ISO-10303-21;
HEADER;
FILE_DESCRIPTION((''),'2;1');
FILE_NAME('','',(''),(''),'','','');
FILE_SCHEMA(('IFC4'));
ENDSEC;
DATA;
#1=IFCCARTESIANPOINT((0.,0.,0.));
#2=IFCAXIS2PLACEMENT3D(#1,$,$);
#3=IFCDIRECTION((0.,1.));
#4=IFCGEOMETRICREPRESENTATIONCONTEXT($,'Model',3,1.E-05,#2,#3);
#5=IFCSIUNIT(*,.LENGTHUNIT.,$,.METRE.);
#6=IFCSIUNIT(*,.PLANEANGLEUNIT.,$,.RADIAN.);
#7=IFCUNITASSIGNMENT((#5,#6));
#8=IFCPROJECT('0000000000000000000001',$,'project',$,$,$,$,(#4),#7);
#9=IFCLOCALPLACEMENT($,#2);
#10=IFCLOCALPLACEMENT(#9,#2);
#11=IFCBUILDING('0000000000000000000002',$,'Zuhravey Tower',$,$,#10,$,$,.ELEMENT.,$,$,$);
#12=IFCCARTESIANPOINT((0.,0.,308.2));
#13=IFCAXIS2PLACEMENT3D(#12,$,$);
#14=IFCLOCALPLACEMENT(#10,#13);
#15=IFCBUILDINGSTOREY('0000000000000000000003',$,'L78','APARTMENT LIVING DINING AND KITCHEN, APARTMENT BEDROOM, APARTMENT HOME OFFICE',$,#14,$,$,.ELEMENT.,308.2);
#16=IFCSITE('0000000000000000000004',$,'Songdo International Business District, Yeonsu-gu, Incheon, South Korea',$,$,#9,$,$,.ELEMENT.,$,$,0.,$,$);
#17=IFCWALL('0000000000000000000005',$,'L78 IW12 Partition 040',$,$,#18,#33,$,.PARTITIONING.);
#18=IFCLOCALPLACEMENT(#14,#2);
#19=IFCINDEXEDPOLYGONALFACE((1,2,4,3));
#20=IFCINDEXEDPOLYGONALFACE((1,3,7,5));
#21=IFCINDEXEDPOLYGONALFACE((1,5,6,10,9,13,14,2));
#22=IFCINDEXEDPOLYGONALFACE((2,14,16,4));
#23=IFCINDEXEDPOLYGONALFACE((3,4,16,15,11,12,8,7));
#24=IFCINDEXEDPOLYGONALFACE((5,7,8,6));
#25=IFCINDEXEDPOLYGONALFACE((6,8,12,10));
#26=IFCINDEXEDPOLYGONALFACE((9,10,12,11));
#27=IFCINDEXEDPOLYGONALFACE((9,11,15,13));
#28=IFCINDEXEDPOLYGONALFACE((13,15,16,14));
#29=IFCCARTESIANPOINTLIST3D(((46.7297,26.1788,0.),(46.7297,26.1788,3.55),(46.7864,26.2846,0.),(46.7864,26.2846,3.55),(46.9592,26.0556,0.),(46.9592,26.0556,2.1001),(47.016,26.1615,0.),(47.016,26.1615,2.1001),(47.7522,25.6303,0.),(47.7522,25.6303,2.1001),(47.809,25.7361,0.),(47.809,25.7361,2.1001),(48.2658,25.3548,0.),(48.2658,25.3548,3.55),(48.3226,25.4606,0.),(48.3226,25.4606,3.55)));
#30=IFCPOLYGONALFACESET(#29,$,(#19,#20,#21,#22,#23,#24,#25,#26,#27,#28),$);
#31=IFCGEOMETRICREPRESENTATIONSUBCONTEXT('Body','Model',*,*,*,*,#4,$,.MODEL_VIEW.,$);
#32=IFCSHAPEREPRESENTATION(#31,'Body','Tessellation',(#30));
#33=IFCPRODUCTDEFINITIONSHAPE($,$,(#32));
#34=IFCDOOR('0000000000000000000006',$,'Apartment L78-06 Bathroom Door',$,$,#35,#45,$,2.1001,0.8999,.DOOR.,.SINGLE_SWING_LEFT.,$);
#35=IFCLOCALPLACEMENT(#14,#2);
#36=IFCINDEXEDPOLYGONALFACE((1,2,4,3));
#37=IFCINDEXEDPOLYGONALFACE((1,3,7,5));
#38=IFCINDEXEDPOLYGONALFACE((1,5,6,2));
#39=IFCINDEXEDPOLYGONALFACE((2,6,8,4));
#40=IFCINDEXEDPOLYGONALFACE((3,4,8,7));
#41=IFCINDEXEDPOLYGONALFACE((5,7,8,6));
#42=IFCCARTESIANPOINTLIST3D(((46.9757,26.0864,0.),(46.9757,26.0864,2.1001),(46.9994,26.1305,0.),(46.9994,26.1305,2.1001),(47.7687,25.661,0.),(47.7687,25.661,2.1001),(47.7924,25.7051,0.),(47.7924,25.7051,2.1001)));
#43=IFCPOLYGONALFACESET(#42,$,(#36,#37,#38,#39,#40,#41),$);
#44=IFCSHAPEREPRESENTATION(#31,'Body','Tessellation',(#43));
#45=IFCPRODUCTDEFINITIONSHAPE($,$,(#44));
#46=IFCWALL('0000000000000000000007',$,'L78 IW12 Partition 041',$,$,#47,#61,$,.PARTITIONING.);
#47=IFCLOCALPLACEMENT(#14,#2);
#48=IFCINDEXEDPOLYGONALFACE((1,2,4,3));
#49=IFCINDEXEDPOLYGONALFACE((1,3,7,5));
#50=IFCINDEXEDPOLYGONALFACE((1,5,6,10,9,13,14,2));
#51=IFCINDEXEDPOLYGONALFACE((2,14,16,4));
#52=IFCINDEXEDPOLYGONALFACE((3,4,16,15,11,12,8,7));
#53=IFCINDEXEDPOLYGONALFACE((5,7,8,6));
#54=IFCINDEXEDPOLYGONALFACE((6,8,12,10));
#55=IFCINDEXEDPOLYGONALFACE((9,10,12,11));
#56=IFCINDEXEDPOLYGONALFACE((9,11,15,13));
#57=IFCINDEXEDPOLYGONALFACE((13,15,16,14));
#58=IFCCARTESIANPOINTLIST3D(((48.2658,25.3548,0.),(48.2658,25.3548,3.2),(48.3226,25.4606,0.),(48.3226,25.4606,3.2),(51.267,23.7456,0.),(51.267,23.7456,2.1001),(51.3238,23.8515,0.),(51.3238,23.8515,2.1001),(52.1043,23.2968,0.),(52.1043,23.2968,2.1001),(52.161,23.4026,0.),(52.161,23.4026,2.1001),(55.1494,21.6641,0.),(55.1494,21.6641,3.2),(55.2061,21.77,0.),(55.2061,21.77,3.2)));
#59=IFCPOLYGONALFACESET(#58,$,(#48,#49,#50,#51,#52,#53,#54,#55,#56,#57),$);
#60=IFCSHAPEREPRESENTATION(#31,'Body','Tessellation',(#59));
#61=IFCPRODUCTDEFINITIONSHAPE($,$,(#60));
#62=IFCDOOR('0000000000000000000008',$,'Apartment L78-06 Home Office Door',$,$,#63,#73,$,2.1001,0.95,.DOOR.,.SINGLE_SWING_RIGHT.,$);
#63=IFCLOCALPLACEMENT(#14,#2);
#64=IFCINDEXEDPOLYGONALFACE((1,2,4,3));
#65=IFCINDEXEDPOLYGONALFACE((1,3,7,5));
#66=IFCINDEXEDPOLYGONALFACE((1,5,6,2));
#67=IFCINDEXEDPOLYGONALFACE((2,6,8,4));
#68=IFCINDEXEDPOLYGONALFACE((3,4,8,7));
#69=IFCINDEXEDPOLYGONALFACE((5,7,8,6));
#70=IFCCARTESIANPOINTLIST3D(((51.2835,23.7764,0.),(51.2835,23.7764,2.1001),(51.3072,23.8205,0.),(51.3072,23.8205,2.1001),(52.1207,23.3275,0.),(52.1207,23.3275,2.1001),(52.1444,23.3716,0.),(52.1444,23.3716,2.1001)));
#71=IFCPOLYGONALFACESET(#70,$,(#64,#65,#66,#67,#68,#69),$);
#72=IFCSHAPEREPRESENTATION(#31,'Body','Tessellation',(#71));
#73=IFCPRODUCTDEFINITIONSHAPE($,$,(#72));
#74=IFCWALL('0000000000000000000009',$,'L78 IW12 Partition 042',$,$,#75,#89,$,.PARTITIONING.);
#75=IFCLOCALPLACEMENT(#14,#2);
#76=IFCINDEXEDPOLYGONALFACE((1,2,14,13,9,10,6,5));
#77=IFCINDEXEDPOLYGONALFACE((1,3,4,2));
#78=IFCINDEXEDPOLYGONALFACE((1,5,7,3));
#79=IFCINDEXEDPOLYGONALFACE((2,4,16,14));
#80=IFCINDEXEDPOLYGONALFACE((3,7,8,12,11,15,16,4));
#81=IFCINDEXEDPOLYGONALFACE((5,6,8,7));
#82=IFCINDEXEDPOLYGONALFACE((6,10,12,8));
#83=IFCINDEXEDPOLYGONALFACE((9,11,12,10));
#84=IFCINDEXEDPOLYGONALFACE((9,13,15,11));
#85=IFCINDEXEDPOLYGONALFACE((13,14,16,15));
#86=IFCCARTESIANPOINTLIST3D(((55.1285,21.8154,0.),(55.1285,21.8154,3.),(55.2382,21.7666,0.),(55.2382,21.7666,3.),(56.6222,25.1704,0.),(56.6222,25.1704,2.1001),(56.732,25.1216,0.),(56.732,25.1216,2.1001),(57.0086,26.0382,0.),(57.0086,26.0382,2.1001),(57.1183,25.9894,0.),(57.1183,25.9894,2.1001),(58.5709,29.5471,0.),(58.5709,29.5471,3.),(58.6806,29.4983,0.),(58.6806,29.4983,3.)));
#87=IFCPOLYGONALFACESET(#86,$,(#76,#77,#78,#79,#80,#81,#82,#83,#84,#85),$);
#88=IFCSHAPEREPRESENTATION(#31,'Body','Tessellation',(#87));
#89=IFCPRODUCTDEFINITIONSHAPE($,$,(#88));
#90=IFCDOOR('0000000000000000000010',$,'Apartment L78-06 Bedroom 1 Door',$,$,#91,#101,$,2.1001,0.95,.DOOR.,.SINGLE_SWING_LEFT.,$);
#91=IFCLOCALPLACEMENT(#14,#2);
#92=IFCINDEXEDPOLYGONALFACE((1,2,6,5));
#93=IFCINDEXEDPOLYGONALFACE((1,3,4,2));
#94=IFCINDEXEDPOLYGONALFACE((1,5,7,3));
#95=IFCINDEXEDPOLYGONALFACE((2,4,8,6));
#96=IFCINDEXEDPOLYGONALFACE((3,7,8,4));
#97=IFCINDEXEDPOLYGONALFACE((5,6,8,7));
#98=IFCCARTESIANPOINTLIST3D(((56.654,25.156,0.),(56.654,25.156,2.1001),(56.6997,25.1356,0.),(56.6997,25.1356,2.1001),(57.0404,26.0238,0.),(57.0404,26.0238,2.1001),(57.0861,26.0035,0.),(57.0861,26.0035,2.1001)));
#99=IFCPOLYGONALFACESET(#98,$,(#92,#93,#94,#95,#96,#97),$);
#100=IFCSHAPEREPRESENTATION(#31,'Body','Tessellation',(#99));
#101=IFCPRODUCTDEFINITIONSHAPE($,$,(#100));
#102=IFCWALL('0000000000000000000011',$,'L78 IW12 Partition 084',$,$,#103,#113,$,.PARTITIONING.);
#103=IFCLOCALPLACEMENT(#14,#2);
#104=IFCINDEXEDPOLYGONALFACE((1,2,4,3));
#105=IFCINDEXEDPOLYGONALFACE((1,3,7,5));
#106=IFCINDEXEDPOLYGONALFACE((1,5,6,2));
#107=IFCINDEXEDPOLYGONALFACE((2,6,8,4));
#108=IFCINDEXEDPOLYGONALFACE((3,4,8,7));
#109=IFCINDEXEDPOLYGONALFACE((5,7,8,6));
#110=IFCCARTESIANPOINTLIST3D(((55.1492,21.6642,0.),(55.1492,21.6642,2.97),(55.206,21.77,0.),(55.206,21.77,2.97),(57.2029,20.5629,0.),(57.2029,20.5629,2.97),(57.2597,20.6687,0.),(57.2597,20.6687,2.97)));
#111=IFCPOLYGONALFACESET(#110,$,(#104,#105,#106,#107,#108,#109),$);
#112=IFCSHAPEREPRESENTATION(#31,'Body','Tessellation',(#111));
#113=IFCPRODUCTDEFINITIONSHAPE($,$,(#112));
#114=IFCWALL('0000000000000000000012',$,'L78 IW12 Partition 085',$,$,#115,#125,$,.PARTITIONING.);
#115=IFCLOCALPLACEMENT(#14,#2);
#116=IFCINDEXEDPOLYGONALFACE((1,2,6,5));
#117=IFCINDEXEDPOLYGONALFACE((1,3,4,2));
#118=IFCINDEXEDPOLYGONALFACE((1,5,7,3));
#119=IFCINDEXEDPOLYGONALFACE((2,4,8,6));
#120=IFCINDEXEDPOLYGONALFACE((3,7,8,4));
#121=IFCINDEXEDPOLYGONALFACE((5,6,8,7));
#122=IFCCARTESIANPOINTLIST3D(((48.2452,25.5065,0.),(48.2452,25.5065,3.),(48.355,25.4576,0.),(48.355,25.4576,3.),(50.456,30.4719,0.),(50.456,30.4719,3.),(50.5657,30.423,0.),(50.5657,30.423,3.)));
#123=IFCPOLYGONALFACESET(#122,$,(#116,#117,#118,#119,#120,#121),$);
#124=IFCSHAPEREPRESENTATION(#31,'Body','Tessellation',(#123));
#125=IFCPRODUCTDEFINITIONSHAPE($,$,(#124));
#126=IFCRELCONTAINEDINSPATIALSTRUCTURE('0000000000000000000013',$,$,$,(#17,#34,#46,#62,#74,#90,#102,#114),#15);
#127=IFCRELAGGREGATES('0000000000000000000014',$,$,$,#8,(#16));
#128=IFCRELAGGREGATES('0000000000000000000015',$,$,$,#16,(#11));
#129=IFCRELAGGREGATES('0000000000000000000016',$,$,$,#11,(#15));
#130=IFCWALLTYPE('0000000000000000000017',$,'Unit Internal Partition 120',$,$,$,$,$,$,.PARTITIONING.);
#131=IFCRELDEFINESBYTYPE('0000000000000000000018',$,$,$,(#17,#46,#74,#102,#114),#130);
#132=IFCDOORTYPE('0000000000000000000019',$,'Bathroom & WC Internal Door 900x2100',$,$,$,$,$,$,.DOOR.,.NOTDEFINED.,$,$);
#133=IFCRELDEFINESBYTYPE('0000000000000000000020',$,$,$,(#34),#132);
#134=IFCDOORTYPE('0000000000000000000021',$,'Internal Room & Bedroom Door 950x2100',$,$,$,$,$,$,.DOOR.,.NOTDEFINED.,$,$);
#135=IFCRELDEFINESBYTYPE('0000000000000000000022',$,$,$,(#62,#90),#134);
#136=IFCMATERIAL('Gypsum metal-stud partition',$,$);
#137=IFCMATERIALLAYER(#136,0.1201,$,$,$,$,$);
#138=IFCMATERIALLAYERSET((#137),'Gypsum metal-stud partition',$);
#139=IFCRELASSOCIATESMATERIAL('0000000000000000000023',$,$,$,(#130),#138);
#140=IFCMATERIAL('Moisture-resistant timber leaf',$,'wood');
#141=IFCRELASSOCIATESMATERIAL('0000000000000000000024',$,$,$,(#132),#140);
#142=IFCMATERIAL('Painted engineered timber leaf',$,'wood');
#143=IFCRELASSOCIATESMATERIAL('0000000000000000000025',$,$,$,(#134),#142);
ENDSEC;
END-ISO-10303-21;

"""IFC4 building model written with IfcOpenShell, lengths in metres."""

from ifc_helpers import new_model, si_unit, direction, frame, frame_2d, origin, place, context, subcontext, project, spatial, rectangle, extrude, material, layer, layer_set, type_object, element, fill, save


model = new_model("IFC4")

# Units and contexts
model_context = context("Model", 3, precision=1e-05, world=origin(), true_north=direction((0.0, 1.0)))
body_context = subcontext(model_context, "Body", "Model", "MODEL_VIEW")
ifc_project = project(units=[si_unit("LENGTHUNIT", "METRE"), si_unit("PLANEANGLEUNIT", "RADIAN")], contexts=[model_context])

# Site, building, storey
site_placement = place(None, origin())
site = spatial("IfcSite", under=ifc_project, at=site_placement, Name="Songdo International Business District, Yeonsu-gu, Incheon, South Korea", CompositionType="ELEMENT", RefElevation=0.0)
building_placement = place(site_placement, origin())
building = spatial("IfcBuilding", under=site, at=building_placement, Name="Zuhravey Tower", CompositionType="ELEMENT")
storey_placement = place(building_placement, frame((0.0, 0.0, 308.2)))
storey = spatial("IfcBuildingStorey", under=building, at=storey_placement, Name="L78", Description="APARTMENT LIVING DINING AND KITCHEN, APARTMENT BEDROOM, APARTMENT HOME OFFICE", CompositionType="ELEMENT", Elevation=308.2)

# Walls, openings, doors
ifc_material_1 = material(Name="Gypsum metal-stud partition")
ifc_layer_1 = layer(ifc_material_1, 0.1201)
ifc_layer_set_1 = layer_set([ifc_layer_1], Name="Gypsum metal-stud partition")
wall_type_1 = type_object("IfcWallType", Name="Unit Internal Partition 120", PredefinedType="PARTITIONING", material=ifc_layer_set_1)
wall_1_placement = place(storey_placement, frame((46.7581, 26.2317, 0.0), z_axis=(0.0, 0.0, 1.0), x_axis=(0.88123, -0.472688, 0.0)))
wall_1 = element("IfcWall", 1, at=wall_1_placement, inside=storey, type_object=wall_type_1, Name="L78 IW12 Partition 040", PredefinedType="PARTITIONING", context=body_context, shape_type="SweptSolid", body=[
    extrude(rectangle(XDim=1.7432, YDim=0.1201, at=frame_2d((0.8716, 0.0))), origin(), (0.0, 0.0, 1.0), 3.55),
])
opening_1_placement = place(wall_1_placement, frame((0.2605, 0.0, 0.0)))
opening_1 = element("IfcOpeningElement", 2, at=opening_1_placement, cuts=wall_1, PredefinedType="OPENING", context=body_context, shape_type="SweptSolid", body=[
    extrude(rectangle(XDim=0.8999, YDim=2.1001, at=frame_2d((0.45, 1.05))), frame((0.0, 0.072, 0.0), z_axis=(0.0, -1.0, 0.0), x_axis=(1.0, 0.0, 0.0)), (0.0, 0.0, 1.0), 0.144),
])
ifc_material_2 = material(Name="Moisture-resistant timber leaf", Category="wood")
door_type_1 = type_object("IfcDoorType", Name="Bathroom & WC Internal Door 900x2100", OperationType="NOTDEFINED", PredefinedType="DOOR", material=ifc_material_2)
door_1_placement = place(opening_1_placement, origin())
door_1 = element("IfcDoor", 3, at=door_1_placement, inside=storey, type_object=door_type_1, Name="Apartment L78-06 Bathroom Door", OperationType="SINGLE_SWING_LEFT", OverallHeight=2.1001, OverallWidth=0.8999, PredefinedType="DOOR", context=body_context, shape_type="SweptSolid", body=[
    extrude(rectangle(XDim=0.8999, YDim=2.1001, at=frame_2d((0.45, 1.05))), frame((0.0, 0.0249, 0.0), z_axis=(0.0, -1.0, 0.0), x_axis=(1.0, 0.0, 0.0)), (0.0, 0.0, 1.0), 0.05),
])
fill(opening_1, door_1)
wall_2_placement = place(storey_placement, frame((48.2942, 25.4077, 0.0), z_axis=(0.0, 0.0, 1.0), x_axis=(0.881317, -0.472526, 0.0)))
wall_2 = element("IfcWall", 4, at=wall_2_placement, inside=storey, type_object=wall_type_1, Name="L78 IW12 Partition 041", PredefinedType="PARTITIONING", context=body_context, shape_type="SweptSolid", body=[
    extrude(rectangle(XDim=7.8105, YDim=0.1201, at=frame_2d((3.9053, 0.0))), origin(), (0.0, 0.0, 1.0), 3.2),
])
opening_2_placement = place(wall_2_placement, frame((3.4053, 0.0, 0.0)))
opening_2 = element("IfcOpeningElement", 5, at=opening_2_placement, cuts=wall_2, PredefinedType="OPENING", context=body_context, shape_type="SweptSolid", body=[
    extrude(rectangle(XDim=0.95, YDim=2.1001, at=frame_2d((0.4751, 1.05))), frame((0.0, 0.072, 0.0), z_axis=(0.0, -1.0, 0.0), x_axis=(1.0, 0.0, 0.0)), (0.0, 0.0, 1.0), 0.144),
])
ifc_material_3 = material(Name="Painted engineered timber leaf", Category="wood")
door_type_2 = type_object("IfcDoorType", Name="Internal Room & Bedroom Door 950x2100", OperationType="NOTDEFINED", PredefinedType="DOOR", material=ifc_material_3)
door_2_placement = place(opening_2_placement, origin())
door_2 = element("IfcDoor", 6, at=door_2_placement, inside=storey, type_object=door_type_2, Name="Apartment L78-06 Home Office Door", OperationType="SINGLE_SWING_RIGHT", OverallHeight=2.1001, OverallWidth=0.95, PredefinedType="DOOR", context=body_context, shape_type="SweptSolid", body=[
    extrude(rectangle(XDim=0.95, YDim=2.1001, at=frame_2d((0.4751, 1.05))), frame((0.0, 0.0249, 0.0), z_axis=(0.0, -1.0, 0.0), x_axis=(1.0, 0.0, 0.0)), (0.0, 0.0, 1.0), 0.05),
])
fill(opening_2, door_2)
wall_3_placement = place(storey_placement, frame((55.1833, 21.791, 0.0), z_axis=(0.0, 0.0, 1.0), x_axis=(0.406738, 0.913545, 0.0)))
wall_3 = element("IfcWall", 7, at=wall_3_placement, inside=storey, type_object=wall_type_1, Name="L78 IW12 Partition 042", PredefinedType="PARTITIONING", context=body_context, shape_type="SweptSolid", body=[
    extrude(rectangle(XDim=8.4634, YDim=0.1201, at=frame_2d((4.2317, 0.0))), origin(), (0.0, 0.0, 1.0), 3.0),
])
opening_3_placement = place(wall_3_placement, frame((3.6724, 0.0, 0.0)))
opening_3 = element("IfcOpeningElement", 8, at=opening_3_placement, cuts=wall_3, PredefinedType="OPENING", context=body_context, shape_type="SweptSolid", body=[
    extrude(rectangle(XDim=0.95, YDim=2.1001, at=frame_2d((0.4751, 1.05))), frame((0.0, 0.072, 0.0), z_axis=(0.0, -1.0, 0.0), x_axis=(1.0, 0.0, 0.0)), (0.0, 0.0, 1.0), 0.144),
])
door_3_placement = place(opening_3_placement, frame((0.95, 0.0, 0.0), z_axis=(0.0, 0.0, 1.0), x_axis=(-1.0, 0.0, 0.0)))
door_3 = element("IfcDoor", 9, at=door_3_placement, inside=storey, type_object=door_type_2, Name="Apartment L78-06 Bedroom 1 Door", OperationType="SINGLE_SWING_LEFT", OverallHeight=2.1001, OverallWidth=0.95, PredefinedType="DOOR", context=body_context, shape_type="SweptSolid", body=[
    extrude(rectangle(XDim=0.95, YDim=2.1001, at=frame_2d((0.4751, 1.05))), frame((0.0, 0.0249, 0.0), z_axis=(0.0, -1.0, 0.0), x_axis=(1.0, 0.0, 0.0)), (0.0, 0.0, 1.0), 0.05),
])
fill(opening_3, door_3)

# Walls
wall_4_placement = place(storey_placement, frame((55.1777, 21.717, 0.0), z_axis=(0.0, 0.0, 1.0), x_axis=(0.881281, -0.472593, 0.0)))
element("IfcWall", 10, at=wall_4_placement, inside=storey, type_object=wall_type_1, Name="L78 IW12 Partition 084", PredefinedType="PARTITIONING", context=body_context, shape_type="SweptSolid", body=[
    extrude(rectangle(XDim=2.3303, YDim=0.1201, at=frame_2d((1.165, 0.0))), origin(), (0.0, 0.0, 1.0), 2.97),
])
wall_5_placement = place(storey_placement, frame((48.3, 25.4819, 0.0), z_axis=(0.0, 0.0, 1.0), x_axis=(0.406734, 0.913546, 0.0)))
element("IfcWall", 11, at=wall_5_placement, inside=storey, type_object=wall_type_1, Name="L78 IW12 Partition 085", PredefinedType="PARTITIONING", context=body_context, shape_type="SweptSolid", body=[
    extrude(rectangle(XDim=5.4353, YDim=0.1201, at=frame_2d((2.7178, 0.0))), origin(), (0.0, 0.0, 1.0), 3.0),
])

save(model, "model.ifc")
